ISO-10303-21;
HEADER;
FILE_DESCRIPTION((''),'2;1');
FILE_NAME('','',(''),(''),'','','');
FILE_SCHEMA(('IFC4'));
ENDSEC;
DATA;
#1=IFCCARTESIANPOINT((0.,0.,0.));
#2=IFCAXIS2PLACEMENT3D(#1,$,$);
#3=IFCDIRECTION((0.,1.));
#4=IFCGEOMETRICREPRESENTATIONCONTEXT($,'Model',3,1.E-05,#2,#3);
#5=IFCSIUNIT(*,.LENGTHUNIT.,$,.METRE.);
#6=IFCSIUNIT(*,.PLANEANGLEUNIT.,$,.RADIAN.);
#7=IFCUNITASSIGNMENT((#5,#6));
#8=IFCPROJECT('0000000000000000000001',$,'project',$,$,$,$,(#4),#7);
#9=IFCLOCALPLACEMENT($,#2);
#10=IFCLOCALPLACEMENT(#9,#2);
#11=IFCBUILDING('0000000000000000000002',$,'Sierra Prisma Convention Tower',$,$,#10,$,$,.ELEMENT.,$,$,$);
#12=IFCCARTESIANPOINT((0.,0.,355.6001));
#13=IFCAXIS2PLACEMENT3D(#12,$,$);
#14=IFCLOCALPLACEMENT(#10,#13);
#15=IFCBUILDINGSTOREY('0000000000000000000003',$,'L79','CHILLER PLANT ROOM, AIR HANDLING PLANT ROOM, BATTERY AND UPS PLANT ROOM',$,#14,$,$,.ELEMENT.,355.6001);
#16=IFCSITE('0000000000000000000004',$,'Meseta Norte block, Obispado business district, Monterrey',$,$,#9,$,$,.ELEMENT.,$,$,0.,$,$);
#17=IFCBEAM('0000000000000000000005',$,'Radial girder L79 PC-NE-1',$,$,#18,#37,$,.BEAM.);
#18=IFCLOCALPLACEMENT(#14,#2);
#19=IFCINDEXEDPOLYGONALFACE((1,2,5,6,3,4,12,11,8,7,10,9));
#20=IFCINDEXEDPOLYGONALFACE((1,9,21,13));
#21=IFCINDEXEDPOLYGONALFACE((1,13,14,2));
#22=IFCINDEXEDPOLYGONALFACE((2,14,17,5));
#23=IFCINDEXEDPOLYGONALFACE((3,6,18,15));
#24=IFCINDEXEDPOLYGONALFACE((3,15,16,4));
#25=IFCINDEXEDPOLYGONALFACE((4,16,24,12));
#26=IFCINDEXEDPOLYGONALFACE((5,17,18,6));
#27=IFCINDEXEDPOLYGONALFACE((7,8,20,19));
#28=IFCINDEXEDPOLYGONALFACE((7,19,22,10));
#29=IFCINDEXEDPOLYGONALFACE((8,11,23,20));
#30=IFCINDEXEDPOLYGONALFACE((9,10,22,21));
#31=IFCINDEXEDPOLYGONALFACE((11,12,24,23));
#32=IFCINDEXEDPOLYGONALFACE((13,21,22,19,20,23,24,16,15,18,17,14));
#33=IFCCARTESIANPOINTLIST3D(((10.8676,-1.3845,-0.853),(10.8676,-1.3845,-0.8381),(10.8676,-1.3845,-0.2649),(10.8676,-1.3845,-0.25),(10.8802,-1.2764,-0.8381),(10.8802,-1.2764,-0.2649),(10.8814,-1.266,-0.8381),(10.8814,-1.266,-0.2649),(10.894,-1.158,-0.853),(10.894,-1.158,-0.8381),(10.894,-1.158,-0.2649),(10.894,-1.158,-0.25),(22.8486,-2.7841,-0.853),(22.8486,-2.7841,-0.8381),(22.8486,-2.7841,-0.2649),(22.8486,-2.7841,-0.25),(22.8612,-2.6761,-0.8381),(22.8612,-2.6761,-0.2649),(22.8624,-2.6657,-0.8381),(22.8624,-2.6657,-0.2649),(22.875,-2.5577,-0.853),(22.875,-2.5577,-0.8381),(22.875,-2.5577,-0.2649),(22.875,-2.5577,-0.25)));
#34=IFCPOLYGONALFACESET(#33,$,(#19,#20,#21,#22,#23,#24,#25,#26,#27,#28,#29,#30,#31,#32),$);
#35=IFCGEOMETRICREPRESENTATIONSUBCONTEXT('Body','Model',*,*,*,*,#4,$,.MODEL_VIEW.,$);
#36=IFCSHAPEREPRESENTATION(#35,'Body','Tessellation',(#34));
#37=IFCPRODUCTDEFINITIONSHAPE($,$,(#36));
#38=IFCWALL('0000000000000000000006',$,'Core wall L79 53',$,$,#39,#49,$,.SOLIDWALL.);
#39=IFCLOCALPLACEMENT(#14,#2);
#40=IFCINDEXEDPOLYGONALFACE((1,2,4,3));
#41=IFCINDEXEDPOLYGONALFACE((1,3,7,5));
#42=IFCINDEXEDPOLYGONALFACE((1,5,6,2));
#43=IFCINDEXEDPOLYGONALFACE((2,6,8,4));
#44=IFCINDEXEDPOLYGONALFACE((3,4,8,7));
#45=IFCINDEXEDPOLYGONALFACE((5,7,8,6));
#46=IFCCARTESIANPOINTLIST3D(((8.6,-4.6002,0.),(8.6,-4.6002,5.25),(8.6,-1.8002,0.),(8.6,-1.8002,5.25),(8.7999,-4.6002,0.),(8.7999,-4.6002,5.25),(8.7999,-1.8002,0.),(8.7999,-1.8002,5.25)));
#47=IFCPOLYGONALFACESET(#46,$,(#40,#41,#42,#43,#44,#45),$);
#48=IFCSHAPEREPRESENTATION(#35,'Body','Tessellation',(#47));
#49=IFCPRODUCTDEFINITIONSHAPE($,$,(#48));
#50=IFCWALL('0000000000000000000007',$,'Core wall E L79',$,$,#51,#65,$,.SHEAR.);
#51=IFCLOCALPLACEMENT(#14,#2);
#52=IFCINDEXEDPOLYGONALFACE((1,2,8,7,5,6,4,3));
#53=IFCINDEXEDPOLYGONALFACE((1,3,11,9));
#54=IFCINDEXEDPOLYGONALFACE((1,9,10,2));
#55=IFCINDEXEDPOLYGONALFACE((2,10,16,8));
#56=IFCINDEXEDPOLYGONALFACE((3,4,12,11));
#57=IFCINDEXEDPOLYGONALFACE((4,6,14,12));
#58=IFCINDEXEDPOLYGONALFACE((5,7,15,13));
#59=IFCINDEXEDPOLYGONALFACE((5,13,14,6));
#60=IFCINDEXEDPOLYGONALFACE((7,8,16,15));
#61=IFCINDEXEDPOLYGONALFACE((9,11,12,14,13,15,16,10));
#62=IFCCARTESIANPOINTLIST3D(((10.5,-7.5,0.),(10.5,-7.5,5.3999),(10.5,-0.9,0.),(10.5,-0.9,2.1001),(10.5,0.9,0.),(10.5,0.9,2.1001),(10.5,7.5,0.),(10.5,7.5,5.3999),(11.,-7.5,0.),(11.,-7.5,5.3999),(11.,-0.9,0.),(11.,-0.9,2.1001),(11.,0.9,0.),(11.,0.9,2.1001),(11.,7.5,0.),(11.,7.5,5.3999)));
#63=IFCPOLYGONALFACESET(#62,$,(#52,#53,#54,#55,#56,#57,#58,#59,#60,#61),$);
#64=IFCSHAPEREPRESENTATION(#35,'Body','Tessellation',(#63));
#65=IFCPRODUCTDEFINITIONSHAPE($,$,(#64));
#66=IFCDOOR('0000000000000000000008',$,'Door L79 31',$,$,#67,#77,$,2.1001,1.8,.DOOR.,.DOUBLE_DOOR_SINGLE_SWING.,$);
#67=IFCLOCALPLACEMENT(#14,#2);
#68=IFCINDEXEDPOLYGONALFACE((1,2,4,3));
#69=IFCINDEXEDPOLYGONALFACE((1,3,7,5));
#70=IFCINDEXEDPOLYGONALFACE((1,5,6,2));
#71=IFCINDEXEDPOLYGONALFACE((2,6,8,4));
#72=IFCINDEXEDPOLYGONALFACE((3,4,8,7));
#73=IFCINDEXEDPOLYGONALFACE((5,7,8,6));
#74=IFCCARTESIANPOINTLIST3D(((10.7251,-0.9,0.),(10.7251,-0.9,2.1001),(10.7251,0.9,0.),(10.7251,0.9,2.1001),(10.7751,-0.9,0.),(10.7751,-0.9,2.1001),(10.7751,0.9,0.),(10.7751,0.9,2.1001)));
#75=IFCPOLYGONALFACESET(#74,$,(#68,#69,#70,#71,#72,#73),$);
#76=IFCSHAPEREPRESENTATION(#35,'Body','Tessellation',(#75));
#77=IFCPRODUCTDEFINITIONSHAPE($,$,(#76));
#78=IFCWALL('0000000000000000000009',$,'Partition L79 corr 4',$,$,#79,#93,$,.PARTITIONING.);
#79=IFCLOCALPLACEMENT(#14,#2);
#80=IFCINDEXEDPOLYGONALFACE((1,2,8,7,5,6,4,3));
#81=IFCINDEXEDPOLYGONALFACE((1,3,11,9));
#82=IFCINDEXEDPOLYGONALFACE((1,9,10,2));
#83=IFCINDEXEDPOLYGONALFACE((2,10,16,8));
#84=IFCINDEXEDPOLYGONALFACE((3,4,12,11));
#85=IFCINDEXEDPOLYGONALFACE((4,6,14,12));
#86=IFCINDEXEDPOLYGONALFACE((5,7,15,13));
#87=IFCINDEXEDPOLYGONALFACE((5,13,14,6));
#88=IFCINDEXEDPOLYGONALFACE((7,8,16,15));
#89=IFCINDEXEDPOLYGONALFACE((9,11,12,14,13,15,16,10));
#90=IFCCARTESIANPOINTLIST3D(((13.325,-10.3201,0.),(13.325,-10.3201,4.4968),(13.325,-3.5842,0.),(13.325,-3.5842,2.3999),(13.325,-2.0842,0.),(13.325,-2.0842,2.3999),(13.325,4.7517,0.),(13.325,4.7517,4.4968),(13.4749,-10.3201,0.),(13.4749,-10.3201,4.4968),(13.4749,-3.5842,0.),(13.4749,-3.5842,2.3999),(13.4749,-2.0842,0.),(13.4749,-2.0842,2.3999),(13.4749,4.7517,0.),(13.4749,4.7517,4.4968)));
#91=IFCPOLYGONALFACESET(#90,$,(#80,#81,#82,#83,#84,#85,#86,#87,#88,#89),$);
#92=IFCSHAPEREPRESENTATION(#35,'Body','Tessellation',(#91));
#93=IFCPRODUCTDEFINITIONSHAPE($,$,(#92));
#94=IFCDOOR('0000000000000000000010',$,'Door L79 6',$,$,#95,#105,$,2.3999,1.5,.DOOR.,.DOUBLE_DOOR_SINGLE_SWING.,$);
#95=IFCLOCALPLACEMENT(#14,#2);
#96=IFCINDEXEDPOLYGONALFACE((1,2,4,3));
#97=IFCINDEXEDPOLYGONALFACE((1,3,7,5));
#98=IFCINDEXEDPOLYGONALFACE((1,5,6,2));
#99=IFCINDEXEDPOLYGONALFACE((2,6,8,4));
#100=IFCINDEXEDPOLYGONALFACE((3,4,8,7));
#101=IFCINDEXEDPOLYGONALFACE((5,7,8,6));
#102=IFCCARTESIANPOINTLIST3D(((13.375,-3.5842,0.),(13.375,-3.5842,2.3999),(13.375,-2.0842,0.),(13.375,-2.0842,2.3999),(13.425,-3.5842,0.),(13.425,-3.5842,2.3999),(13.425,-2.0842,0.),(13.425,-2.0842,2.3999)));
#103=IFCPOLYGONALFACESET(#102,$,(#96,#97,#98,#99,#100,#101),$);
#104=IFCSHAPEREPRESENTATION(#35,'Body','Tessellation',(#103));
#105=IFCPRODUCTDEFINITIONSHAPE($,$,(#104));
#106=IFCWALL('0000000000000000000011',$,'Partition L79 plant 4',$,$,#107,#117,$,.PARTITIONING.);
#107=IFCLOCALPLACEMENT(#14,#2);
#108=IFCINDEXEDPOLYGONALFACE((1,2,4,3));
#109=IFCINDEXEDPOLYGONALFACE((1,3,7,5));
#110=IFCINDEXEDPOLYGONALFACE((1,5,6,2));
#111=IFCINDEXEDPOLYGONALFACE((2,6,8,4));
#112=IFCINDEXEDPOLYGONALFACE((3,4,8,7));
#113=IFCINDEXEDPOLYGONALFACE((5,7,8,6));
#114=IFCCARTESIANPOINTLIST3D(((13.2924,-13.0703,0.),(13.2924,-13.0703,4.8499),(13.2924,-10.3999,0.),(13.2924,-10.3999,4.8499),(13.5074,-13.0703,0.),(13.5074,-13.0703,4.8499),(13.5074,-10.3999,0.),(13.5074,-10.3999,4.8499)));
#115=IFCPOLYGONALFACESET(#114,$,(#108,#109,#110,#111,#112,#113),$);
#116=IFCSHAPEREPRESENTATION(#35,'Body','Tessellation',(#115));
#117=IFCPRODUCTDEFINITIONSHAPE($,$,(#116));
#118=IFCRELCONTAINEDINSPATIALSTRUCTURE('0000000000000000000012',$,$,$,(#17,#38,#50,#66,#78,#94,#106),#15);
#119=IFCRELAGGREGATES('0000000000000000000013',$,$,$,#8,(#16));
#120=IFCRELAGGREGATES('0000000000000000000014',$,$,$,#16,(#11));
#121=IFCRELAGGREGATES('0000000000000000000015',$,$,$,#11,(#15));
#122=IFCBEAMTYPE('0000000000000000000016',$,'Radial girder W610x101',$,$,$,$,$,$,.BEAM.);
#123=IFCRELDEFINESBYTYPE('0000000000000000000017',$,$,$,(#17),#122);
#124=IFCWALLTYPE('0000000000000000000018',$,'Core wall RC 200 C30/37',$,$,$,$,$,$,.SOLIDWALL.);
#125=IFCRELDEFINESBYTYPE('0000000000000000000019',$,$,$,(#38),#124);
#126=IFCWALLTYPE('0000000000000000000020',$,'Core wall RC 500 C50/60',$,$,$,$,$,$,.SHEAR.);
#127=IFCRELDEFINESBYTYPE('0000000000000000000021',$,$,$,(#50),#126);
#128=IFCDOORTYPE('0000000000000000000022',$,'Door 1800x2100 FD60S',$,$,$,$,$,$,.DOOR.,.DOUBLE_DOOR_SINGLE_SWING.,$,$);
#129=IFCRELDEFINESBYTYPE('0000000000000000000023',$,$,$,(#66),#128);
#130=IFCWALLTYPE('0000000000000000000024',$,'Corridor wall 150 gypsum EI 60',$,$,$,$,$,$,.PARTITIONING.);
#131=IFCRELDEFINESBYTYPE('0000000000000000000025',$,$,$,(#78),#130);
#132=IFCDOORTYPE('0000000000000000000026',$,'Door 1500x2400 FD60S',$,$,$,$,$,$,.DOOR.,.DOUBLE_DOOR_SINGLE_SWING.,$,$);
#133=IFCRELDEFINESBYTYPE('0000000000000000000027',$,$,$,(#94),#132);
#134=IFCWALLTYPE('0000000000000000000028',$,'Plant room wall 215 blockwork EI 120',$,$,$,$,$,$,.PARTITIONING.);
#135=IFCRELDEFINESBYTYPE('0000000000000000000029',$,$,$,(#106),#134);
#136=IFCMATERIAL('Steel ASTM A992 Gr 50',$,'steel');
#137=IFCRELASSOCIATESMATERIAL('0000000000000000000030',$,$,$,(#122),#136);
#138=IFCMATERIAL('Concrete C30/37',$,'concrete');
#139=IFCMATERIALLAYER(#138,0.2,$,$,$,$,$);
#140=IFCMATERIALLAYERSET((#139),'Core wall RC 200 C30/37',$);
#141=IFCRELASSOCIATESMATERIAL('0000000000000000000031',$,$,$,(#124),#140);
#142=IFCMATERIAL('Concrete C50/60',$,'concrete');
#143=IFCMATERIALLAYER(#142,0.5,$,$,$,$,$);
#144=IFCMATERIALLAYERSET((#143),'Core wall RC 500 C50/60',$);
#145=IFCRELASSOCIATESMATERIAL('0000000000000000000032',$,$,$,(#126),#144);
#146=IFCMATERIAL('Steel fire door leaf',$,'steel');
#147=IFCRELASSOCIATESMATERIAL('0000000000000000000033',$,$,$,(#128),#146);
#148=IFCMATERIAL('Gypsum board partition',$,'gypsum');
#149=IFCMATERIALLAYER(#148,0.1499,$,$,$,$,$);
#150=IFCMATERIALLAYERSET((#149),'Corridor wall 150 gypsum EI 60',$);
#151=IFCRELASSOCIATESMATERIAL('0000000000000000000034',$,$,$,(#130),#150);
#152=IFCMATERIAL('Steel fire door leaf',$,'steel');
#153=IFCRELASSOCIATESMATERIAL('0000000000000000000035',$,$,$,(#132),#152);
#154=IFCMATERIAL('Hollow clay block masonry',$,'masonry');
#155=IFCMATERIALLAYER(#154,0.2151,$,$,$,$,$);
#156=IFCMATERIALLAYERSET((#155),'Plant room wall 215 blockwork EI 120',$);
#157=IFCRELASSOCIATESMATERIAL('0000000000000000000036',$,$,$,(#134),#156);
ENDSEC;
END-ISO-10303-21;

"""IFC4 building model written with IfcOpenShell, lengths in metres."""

from ifc_helpers import new_model, si_unit, direction, frame, frame_2d, origin, origin_2d, place, context, subcontext, project, spatial, rectangle, i_section, extrude, material, layer, layer_set, material_profile, profile_set, type_object, element, fill, save


model = new_model("IFC4")

# Units and contexts
model_context = context("Model", 3, precision=1e-05, world=origin(), true_north=direction((0.0, 1.0)))
body_context = subcontext(model_context, "Body", "Model", "MODEL_VIEW")
ifc_project = project(units=[si_unit("LENGTHUNIT", "METRE"), si_unit("PLANEANGLEUNIT", "RADIAN")], contexts=[model_context])

# Site, building, storey
site_placement = place(None, origin())
site = spatial("IfcSite", under=ifc_project, at=site_placement, Name="Meseta Norte block, Obispado business district, Monterrey", CompositionType="ELEMENT", RefElevation=0.0)
building_placement = place(site_placement, origin())
building = spatial("IfcBuilding", under=site, at=building_placement, Name="Sierra Prisma Convention Tower", CompositionType="ELEMENT")
storey_placement = place(building_placement, frame((0.0, 0.0, 355.6001)))
storey = spatial("IfcBuildingStorey", under=building, at=storey_placement, Name="L79", Description="CHILLER PLANT ROOM, AIR HANDLING PLANT ROOM, BATTERY AND UPS PLANT ROOM", CompositionType="ELEMENT", Elevation=355.6001)

# Beam
ifc_material_1 = material(Name="Steel ASTM A992 Gr 50", Category="steel")
ifc_material_profile_1 = material_profile(ifc_material_1, i_section(OverallWidth=0.228, OverallDepth=0.603, WebThickness=0.0105, FlangeThickness=0.0149, at=origin_2d()), Name="W610x101")
ifc_profile_set_1 = profile_set([ifc_material_profile_1], Name="Steel ASTM A992 Gr 50")
beam_type_1 = type_object("IfcBeamType", Name="Radial girder W610x101", PredefinedType="BEAM", material=ifc_profile_set_1)
beam_1_placement = place(storey_placement, frame((22.8618, -2.6709, -0.5515), z_axis=(-0.993245, 0.116034, 0.0), x_axis=(-0.116034, -0.993245, 0.0)))
element("IfcBeam", 1, at=beam_1_placement, inside=storey, type_object=beam_type_1, Name="Radial girder L79 PC-NE-1", PredefinedType="BEAM", context=body_context, shape_type="SweptSolid", body=[
    extrude(i_section(OverallWidth=0.228, OverallDepth=0.603, WebThickness=0.0105, FlangeThickness=0.0149, at=origin_2d()), origin(), (0.0, 0.0, 1.0), 12.0625),
])

# Shared definitions
ifc_material_2 = material(Name="Concrete C30/37", Category="concrete")
ifc_layer_1 = layer(ifc_material_2, 0.2)
ifc_layer_set_1 = layer_set([ifc_layer_1], Name="Core wall RC 200 C30/37")
wall_type_1 = type_object("IfcWallType", Name="Core wall RC 200 C30/37", PredefinedType="SOLIDWALL", material=ifc_layer_set_1)

# Wall
wall_1_placement = place(storey_placement, frame((8.7, -4.6001, 0.0), z_axis=(0.0, 0.0, 1.0), x_axis=(0.0, 1.0, 0.0)))
element("IfcWall", 2, at=wall_1_placement, inside=storey, type_object=wall_type_1, Name="Core wall L79 53", PredefinedType="SOLIDWALL", context=body_context, shape_type="SweptSolid", body=[
    extrude(rectangle(XDim=2.8, YDim=0.2, at=frame_2d((1.3999, 0.0))), origin(), (0.0, 0.0, 1.0), 5.25),
])

# Walls, openings, doors
ifc_material_3 = material(Name="Concrete C50/60", Category="concrete")
ifc_layer_2 = layer(ifc_material_3, 0.5)
ifc_layer_set_2 = layer_set([ifc_layer_2], Name="Core wall RC 500 C50/60")
wall_type_2 = type_object("IfcWallType", Name="Core wall RC 500 C50/60", PredefinedType="SHEAR", material=ifc_layer_set_2)
wall_2_placement = place(storey_placement, frame((10.75, -7.5, 0.0), z_axis=(0.0, 0.0, 1.0), x_axis=(0.0, 1.0, 0.0)))
wall_2 = element("IfcWall", 3, at=wall_2_placement, inside=storey, type_object=wall_type_2, Name="Core wall E L79", PredefinedType="SHEAR", context=body_context, shape_type="SweptSolid", body=[
    extrude(rectangle(XDim=15.0, YDim=0.5, at=frame_2d((7.5, 0.0))), origin(), (0.0, 0.0, 1.0), 5.3999),
])
opening_1_placement = place(wall_2_placement, frame((6.6001, 0.0, 0.0)))
opening_1 = element("IfcOpeningElement", 4, at=opening_1_placement, cuts=wall_2, PredefinedType="OPENING", context=body_context, shape_type="SweptSolid", body=[
    extrude(rectangle(XDim=1.8, YDim=2.1001, at=frame_2d((0.8999, 1.05))), frame((0.0, 0.25, 0.0), z_axis=(0.0, -1.0, 0.0), x_axis=(1.0, 0.0, 0.0)), (0.0, 0.0, 1.0), 0.5),
])
ifc_material_4 = material(Name="Steel fire door leaf", Category="steel")
door_type_1 = type_object("IfcDoorType", Name="Door 1800x2100 FD60S", OperationType="DOUBLE_DOOR_SINGLE_SWING", PredefinedType="DOOR", material=ifc_material_4)
door_1_placement = place(opening_1_placement, origin())
door_1 = element("IfcDoor", 5, at=door_1_placement, inside=storey, type_object=door_type_1, Name="Door L79 31", OperationType="DOUBLE_DOOR_SINGLE_SWING", OverallHeight=2.1001, OverallWidth=1.8, PredefinedType="DOOR", context=body_context, shape_type="SweptSolid", body=[
    extrude(rectangle(XDim=1.8, YDim=2.1001, at=frame_2d((0.8999, 1.05))), frame((0.0, 0.0249, 0.0), z_axis=(0.0, -1.0, 0.0), x_axis=(1.0, 0.0, 0.0)), (0.0, 0.0, 1.0), 0.05),
])
fill(opening_1, door_1)
ifc_material_5 = material(Name="Gypsum board partition", Category="gypsum")
ifc_layer_3 = layer(ifc_material_5, 0.1499)
ifc_layer_set_3 = layer_set([ifc_layer_3], Name="Corridor wall 150 gypsum EI 60")
wall_type_3 = type_object("IfcWallType", Name="Corridor wall 150 gypsum EI 60", PredefinedType="PARTITIONING", material=ifc_layer_set_3)
wall_3_placement = place(storey_placement, frame((13.3999, -10.3201, 0.0), z_axis=(0.0, 0.0, 1.0), x_axis=(0.0, 1.0, 0.0)))
wall_3 = element("IfcWall", 6, at=wall_3_placement, inside=storey, type_object=wall_type_3, Name="Partition L79 corr 4", PredefinedType="PARTITIONING", context=body_context, shape_type="SweptSolid", body=[
    extrude(rectangle(XDim=15.0718, YDim=0.1499, at=frame_2d((7.5359, 0.0))), origin(), (0.0, 0.0, 1.0), 4.4968),
])
opening_2_placement = place(wall_3_placement, frame((6.7358, 0.0, 0.0)))
opening_2 = element("IfcOpeningElement", 7, at=opening_2_placement, cuts=wall_3, PredefinedType="OPENING", context=body_context, shape_type="SweptSolid", body=[
    extrude(rectangle(XDim=1.5, YDim=2.3999, at=frame_2d((0.75, 1.2))), frame((0.0, 0.075, 0.0), z_axis=(0.0, -1.0, 0.0), x_axis=(1.0, 0.0, 0.0)), (0.0, 0.0, 1.0), 0.1499),
])
ifc_material_6 = material(Name="Steel fire door leaf", Category="steel")
door_type_2 = type_object("IfcDoorType", Name="Door 1500x2400 FD60S", OperationType="DOUBLE_DOOR_SINGLE_SWING", PredefinedType="DOOR", material=ifc_material_6)
door_2_placement = place(opening_2_placement, origin())
door_2 = element("IfcDoor", 8, at=door_2_placement, inside=storey, type_object=door_type_2, Name="Door L79 6", OperationType="DOUBLE_DOOR_SINGLE_SWING", OverallHeight=2.3999, OverallWidth=1.5, PredefinedType="DOOR", context=body_context, shape_type="SweptSolid", body=[
    extrude(rectangle(XDim=1.5, YDim=2.3999, at=frame_2d((0.75, 1.2))), frame((0.0, 0.0249, 0.0), z_axis=(0.0, -1.0, 0.0), x_axis=(1.0, 0.0, 0.0)), (0.0, 0.0, 1.0), 0.05),
])
fill(opening_2, door_2)

# Wall
ifc_material_7 = material(Name="Hollow clay block masonry", Category="masonry")
ifc_layer_4 = layer(ifc_material_7, 0.2151)
ifc_layer_set_4 = layer_set([ifc_layer_4], Name="Plant room wall 215 blockwork EI 120")
wall_type_4 = type_object("IfcWallType", Name="Plant room wall 215 blockwork EI 120", PredefinedType="PARTITIONING", material=ifc_layer_set_4)
wall_4_placement = place(storey_placement, frame((13.3999, -10.3999, 0.0), z_axis=(0.0, 0.0, 1.0), x_axis=(0.0, -1.0, 0.0)))
element("IfcWall", 9, at=wall_4_placement, inside=storey, type_object=wall_type_4, Name="Partition L79 plant 4", PredefinedType="PARTITIONING", context=body_context, shape_type="SweptSolid", body=[
    extrude(rectangle(XDim=2.6704, YDim=0.2151, at=frame_2d((1.3352, 0.0))), origin(), (0.0, 0.0, 1.0), 4.8499),
])

save(model, "model.ifc")
